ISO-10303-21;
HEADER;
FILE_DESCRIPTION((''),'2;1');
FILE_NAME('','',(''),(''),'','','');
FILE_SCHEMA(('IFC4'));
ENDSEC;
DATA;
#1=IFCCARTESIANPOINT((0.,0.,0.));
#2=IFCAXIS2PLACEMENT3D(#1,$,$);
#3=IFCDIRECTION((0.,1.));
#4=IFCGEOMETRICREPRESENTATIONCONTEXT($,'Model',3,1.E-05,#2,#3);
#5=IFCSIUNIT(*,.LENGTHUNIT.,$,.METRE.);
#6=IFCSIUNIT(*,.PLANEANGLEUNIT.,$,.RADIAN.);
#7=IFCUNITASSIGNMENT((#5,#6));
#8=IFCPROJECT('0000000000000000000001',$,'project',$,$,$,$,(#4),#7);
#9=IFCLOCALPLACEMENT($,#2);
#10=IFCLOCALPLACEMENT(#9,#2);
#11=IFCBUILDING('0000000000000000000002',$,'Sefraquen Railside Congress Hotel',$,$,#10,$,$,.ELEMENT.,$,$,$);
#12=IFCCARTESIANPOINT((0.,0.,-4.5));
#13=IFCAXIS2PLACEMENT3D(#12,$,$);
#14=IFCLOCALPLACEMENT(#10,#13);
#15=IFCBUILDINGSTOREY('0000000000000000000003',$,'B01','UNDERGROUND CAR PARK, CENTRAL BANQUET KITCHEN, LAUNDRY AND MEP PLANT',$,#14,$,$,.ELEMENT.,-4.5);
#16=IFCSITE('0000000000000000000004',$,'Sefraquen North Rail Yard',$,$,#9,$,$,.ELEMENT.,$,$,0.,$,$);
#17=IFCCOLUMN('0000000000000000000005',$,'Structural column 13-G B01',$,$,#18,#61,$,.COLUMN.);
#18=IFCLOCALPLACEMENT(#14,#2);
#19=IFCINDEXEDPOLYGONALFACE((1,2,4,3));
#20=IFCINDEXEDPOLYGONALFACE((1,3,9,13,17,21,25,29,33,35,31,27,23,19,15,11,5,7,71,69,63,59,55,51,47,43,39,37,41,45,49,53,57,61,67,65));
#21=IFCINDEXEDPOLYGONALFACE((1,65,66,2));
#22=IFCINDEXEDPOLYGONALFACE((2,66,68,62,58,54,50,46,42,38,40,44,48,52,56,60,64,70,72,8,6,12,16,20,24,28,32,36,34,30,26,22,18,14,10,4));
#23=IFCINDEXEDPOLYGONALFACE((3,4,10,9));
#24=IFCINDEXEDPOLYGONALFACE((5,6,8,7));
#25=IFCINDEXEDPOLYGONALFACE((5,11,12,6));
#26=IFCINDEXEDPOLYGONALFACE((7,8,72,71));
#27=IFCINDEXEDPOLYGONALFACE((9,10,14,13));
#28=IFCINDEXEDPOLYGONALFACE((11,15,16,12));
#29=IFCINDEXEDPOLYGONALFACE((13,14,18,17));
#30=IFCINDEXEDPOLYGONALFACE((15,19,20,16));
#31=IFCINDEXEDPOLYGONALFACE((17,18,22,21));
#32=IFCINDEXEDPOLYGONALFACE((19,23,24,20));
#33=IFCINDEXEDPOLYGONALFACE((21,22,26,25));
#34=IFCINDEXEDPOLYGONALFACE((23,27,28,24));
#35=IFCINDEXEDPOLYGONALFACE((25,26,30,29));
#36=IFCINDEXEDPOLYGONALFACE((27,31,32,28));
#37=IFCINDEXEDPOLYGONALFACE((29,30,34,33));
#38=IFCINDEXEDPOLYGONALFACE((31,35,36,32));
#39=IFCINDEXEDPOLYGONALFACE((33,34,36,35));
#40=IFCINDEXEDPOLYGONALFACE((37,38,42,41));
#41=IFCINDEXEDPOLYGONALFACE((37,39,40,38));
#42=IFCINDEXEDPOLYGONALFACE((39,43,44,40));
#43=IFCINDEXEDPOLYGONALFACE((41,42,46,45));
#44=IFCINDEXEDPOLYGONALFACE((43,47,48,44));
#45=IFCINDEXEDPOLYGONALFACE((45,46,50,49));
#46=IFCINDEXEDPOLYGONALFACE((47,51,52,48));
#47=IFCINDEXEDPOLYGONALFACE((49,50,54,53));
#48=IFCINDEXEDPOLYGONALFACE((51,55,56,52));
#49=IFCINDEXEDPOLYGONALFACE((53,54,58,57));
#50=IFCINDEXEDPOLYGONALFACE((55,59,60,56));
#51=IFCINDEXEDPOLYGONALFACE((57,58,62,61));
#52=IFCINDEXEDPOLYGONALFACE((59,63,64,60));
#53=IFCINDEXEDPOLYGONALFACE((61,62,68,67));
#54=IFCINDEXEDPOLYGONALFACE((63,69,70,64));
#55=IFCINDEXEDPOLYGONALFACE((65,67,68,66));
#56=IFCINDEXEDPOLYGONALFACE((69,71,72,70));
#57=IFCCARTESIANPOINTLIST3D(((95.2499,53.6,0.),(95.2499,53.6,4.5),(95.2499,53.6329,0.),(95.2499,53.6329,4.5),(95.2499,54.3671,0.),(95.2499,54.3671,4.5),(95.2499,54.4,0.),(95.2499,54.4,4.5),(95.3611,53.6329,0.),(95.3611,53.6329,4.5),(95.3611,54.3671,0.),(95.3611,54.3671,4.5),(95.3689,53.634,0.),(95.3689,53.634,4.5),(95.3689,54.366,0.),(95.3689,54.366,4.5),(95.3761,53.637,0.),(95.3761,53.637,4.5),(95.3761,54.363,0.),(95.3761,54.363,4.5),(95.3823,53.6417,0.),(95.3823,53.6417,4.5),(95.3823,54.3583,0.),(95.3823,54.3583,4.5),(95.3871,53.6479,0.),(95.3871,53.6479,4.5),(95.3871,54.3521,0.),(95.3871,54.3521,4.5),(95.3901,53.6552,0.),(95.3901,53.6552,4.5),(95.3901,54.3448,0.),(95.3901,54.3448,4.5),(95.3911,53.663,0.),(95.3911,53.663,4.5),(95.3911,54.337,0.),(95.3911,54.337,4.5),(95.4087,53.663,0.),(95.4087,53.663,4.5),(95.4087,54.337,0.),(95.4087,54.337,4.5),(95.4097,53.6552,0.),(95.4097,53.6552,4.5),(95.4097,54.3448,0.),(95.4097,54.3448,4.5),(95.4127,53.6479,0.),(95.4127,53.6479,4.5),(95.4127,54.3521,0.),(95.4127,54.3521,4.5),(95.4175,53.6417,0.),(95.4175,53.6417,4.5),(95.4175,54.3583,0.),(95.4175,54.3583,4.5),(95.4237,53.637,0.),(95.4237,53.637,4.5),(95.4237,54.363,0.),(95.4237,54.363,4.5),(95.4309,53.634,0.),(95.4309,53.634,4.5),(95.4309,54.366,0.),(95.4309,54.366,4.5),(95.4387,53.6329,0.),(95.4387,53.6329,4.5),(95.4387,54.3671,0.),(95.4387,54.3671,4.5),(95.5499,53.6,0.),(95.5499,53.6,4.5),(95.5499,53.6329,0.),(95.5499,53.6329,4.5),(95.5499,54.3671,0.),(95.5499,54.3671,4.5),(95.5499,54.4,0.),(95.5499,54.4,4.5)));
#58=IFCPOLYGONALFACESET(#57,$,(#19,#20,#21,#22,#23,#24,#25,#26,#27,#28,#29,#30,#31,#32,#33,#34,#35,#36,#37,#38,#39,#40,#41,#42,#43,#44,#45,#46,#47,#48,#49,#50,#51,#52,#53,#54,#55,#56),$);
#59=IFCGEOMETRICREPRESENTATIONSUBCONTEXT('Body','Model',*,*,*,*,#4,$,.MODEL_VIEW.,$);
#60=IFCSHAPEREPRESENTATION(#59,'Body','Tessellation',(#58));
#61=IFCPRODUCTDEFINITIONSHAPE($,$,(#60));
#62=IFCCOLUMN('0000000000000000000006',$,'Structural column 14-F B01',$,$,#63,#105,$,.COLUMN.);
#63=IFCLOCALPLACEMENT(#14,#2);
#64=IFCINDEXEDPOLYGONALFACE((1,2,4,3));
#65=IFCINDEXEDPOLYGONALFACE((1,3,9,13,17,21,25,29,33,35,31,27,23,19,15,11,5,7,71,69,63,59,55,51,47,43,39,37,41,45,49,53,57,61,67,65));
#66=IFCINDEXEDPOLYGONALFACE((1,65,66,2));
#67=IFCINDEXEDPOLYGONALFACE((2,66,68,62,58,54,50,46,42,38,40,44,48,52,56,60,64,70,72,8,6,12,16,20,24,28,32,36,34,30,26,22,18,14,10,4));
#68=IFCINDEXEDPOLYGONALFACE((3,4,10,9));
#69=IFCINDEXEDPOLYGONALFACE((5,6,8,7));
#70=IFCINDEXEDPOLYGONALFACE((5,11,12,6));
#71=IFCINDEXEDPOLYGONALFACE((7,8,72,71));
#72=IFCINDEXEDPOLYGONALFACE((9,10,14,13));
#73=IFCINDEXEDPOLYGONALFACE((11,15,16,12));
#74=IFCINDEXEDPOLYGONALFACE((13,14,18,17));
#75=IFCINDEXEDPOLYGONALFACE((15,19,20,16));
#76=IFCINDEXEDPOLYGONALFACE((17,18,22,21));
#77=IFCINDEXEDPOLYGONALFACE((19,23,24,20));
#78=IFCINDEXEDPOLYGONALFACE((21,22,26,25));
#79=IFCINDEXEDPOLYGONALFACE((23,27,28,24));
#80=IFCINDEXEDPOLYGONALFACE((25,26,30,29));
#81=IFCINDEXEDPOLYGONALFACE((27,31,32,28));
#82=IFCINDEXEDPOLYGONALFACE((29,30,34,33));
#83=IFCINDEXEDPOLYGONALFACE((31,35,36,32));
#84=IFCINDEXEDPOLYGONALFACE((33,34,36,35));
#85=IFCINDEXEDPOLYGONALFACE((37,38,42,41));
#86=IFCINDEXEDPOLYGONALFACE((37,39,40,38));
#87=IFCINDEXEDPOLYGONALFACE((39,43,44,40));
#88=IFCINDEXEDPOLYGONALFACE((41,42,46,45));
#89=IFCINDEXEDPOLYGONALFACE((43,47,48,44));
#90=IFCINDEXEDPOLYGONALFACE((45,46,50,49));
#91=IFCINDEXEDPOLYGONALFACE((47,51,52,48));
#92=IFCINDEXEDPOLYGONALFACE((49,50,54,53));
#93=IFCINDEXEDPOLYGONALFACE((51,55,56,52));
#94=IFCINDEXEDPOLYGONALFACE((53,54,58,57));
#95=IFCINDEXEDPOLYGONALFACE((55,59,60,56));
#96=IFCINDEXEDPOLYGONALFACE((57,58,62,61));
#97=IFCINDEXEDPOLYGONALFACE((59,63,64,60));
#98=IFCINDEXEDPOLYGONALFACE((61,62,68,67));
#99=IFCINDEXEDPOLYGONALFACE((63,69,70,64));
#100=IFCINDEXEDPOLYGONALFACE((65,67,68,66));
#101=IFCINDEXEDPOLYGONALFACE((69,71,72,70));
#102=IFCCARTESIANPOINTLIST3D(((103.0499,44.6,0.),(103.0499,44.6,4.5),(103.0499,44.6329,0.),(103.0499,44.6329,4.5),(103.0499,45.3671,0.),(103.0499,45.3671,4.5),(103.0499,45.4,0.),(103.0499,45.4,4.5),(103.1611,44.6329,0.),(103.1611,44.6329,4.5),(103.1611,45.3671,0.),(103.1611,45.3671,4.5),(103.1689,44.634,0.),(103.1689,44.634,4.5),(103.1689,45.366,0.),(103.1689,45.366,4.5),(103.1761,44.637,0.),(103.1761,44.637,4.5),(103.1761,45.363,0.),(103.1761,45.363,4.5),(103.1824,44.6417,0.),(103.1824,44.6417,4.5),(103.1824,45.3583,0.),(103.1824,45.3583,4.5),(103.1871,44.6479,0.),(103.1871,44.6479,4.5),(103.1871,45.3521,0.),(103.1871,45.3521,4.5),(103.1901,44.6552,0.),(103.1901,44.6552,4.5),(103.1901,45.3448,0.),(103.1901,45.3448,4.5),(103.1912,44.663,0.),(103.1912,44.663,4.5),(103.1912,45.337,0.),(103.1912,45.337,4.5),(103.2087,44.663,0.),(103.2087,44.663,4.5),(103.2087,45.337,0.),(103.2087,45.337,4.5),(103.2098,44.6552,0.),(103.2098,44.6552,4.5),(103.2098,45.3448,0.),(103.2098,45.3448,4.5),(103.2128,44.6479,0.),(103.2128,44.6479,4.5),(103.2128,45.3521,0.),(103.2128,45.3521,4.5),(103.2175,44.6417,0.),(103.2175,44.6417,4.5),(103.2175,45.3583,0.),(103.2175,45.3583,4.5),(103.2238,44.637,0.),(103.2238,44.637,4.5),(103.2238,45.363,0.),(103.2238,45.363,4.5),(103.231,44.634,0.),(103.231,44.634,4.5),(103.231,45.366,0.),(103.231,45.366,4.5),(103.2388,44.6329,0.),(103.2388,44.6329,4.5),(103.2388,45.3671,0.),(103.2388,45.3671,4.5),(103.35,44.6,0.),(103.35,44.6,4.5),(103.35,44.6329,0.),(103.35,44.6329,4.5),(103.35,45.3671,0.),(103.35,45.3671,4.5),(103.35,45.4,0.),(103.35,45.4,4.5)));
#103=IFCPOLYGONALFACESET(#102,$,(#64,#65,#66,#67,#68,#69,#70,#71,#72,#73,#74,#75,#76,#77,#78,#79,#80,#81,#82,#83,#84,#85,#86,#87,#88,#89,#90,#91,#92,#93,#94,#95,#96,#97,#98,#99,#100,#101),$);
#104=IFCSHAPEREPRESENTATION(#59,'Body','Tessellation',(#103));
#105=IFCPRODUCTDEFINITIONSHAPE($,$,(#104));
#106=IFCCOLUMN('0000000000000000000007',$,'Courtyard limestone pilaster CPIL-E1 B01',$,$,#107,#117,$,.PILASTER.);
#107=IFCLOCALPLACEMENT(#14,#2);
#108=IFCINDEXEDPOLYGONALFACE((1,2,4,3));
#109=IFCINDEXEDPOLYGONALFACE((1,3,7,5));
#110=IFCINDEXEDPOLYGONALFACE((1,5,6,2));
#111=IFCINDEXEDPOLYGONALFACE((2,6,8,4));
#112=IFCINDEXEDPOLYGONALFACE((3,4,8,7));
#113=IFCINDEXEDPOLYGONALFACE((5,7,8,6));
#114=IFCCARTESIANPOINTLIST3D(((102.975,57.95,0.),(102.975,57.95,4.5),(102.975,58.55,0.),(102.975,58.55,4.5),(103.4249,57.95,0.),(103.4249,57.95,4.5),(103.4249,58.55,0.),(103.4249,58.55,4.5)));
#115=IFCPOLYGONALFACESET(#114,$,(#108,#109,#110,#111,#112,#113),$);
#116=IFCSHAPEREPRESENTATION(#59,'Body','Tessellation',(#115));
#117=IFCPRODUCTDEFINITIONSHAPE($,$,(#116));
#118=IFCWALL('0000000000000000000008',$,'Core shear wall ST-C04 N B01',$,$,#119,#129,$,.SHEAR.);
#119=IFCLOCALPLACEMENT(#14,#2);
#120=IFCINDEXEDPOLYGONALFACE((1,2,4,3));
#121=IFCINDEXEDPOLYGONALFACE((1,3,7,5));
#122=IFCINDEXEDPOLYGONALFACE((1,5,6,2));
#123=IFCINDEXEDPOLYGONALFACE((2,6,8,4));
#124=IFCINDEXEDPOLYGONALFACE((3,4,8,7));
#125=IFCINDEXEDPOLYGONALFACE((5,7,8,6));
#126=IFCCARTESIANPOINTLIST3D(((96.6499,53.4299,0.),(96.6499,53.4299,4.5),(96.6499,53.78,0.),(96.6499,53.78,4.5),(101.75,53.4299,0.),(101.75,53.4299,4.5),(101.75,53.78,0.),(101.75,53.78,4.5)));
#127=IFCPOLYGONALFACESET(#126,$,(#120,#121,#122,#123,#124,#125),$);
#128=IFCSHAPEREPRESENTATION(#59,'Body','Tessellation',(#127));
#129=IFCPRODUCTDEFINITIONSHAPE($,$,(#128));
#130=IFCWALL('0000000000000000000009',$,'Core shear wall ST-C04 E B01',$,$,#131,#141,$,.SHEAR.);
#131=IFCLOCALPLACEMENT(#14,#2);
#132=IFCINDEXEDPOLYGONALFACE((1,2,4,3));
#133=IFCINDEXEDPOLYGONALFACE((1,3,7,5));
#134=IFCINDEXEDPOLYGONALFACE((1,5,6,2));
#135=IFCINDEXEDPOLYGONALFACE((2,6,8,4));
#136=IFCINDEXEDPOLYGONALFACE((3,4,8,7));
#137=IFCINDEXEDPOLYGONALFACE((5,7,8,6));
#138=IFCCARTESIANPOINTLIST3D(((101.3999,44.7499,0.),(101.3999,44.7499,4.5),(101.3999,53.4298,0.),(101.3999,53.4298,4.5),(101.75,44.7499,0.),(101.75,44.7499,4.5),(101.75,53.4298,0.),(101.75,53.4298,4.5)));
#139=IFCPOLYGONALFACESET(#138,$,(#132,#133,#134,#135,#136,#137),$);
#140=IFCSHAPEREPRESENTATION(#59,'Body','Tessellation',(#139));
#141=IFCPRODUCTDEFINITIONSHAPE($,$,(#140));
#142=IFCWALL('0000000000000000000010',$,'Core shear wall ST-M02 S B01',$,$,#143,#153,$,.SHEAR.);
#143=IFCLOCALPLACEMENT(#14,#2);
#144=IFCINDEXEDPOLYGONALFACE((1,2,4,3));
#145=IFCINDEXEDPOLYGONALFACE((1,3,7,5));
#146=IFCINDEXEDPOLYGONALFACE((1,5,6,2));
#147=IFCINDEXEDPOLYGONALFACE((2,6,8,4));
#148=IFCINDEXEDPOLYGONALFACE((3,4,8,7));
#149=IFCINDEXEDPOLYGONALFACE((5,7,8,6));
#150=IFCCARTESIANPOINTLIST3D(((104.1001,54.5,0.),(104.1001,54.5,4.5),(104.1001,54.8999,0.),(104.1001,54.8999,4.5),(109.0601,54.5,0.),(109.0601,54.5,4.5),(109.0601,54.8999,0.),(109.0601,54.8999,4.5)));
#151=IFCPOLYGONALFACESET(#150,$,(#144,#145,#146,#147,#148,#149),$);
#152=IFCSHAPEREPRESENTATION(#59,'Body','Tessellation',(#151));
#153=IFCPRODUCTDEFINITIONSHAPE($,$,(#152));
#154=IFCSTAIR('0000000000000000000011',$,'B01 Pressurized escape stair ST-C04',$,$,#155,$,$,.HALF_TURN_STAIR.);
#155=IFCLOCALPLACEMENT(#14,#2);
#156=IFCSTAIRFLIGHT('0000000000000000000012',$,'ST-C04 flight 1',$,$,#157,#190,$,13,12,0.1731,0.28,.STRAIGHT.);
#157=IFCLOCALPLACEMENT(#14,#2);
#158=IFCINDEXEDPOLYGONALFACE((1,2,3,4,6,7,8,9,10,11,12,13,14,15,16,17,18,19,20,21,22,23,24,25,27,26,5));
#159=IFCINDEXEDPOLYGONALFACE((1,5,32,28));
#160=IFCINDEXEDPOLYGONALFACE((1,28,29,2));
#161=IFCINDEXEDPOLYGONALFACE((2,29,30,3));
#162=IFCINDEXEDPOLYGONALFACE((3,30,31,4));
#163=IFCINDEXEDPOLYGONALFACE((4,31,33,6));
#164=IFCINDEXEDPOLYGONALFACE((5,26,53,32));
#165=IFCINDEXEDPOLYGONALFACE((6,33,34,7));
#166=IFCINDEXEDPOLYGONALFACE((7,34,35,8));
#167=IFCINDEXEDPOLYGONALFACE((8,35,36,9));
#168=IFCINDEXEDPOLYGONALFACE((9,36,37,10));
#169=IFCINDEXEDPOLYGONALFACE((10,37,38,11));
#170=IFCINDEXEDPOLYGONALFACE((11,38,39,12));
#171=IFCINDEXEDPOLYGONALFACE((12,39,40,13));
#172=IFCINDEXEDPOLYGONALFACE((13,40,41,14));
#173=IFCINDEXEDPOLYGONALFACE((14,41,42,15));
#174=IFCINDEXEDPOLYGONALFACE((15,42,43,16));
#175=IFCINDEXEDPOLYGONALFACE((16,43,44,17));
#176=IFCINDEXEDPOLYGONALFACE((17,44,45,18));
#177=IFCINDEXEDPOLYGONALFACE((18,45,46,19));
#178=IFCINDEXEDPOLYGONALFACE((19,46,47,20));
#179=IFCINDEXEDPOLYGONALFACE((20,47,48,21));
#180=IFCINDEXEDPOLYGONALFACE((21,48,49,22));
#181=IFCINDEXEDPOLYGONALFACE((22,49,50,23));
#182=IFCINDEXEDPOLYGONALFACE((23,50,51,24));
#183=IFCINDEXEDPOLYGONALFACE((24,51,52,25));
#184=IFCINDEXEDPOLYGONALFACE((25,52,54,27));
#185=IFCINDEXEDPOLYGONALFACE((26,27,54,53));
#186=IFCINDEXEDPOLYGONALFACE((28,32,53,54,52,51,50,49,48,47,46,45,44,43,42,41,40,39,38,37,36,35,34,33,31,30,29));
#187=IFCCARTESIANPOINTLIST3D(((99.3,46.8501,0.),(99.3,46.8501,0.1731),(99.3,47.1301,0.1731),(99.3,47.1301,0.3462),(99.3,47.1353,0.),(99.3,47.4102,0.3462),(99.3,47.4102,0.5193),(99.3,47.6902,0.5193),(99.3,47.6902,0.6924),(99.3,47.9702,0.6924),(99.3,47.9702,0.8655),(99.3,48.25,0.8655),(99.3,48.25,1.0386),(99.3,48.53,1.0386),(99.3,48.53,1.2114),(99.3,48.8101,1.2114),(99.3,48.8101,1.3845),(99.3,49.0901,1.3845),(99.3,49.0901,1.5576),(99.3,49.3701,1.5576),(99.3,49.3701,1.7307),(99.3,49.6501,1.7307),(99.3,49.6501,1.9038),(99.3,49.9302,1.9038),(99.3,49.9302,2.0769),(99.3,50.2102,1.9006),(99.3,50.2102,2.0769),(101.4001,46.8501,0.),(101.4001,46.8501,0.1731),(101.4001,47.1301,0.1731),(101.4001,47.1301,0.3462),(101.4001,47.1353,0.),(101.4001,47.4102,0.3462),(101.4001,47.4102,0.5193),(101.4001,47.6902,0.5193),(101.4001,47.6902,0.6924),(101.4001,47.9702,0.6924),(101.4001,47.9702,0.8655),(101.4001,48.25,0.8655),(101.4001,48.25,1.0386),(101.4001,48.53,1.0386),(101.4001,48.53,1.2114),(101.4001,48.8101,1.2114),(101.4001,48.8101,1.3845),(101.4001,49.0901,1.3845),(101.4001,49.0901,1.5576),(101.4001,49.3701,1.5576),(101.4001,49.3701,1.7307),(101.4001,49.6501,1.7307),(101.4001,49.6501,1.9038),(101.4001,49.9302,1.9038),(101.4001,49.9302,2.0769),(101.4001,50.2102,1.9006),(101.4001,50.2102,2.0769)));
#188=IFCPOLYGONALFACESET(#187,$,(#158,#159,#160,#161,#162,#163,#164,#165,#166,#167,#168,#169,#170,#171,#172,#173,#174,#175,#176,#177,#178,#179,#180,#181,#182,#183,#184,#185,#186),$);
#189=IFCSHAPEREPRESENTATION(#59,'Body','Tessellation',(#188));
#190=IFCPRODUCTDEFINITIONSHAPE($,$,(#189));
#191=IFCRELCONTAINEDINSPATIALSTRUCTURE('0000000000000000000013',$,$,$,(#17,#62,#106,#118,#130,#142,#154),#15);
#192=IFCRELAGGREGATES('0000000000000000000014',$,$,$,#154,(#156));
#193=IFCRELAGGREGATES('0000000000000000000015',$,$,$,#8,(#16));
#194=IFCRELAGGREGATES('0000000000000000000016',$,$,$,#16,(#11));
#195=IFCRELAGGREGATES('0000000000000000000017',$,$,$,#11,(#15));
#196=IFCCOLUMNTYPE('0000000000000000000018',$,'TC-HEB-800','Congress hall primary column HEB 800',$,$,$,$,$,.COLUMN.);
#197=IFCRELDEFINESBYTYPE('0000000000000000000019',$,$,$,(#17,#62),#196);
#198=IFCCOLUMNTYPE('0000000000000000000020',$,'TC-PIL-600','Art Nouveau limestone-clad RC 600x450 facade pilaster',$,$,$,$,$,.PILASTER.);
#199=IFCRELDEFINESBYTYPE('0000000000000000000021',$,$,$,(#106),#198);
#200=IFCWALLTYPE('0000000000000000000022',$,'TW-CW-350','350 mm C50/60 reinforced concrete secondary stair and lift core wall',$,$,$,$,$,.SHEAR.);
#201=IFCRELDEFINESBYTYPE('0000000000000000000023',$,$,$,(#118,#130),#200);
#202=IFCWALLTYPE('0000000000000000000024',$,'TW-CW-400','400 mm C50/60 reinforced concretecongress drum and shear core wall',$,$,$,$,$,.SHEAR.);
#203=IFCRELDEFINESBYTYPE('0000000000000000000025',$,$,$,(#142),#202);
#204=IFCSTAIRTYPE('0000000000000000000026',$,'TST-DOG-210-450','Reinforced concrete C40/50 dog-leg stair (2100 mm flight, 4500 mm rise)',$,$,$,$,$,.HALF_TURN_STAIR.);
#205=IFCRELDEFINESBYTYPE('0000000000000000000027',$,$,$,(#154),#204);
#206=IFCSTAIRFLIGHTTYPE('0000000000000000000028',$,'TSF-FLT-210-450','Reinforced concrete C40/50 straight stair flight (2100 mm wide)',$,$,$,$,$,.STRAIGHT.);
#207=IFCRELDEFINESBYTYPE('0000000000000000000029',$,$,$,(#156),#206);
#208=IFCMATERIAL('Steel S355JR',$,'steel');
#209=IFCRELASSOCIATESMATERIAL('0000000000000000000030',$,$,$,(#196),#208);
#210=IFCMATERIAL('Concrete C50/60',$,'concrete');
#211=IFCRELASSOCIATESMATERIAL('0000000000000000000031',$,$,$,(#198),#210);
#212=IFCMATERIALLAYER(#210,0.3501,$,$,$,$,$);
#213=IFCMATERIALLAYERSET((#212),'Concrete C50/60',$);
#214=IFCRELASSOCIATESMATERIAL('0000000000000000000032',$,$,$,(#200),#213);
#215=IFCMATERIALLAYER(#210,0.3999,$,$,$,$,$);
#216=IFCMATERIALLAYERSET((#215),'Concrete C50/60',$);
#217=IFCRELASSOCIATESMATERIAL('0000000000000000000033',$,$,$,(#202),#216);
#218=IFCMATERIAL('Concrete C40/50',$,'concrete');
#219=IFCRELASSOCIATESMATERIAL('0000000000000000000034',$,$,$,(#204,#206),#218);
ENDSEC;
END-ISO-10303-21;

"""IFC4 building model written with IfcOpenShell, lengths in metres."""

from ifc_helpers import new_model, si_unit, direction, frame, frame_2d, origin, origin_2d, place, context, subcontext, project, spatial, polyline, rectangle, i_section, outline, extrude, material, layer, layer_set, material_profile, profile_set, type_object, element, aggregate, save


model = new_model("IFC4")

# Units and contexts
model_context = context("Model", 3, precision=1e-05, world=origin(), true_north=direction((0.0, 1.0)))
body_context = subcontext(model_context, "Body", "Model", "MODEL_VIEW")
ifc_project = project(units=[si_unit("LENGTHUNIT", "METRE"), si_unit("PLANEANGLEUNIT", "RADIAN")], contexts=[model_context])

# Site, building, storey
site_placement = place(None, origin())
site = spatial("IfcSite", under=ifc_project, at=site_placement, Name="Sefraquen North Rail Yard", CompositionType="ELEMENT", RefElevation=0.0)
building_placement = place(site_placement, origin())
building = spatial("IfcBuilding", under=site, at=building_placement, Name="Sefraquen Railside Congress Hotel", CompositionType="ELEMENT")
storey_placement = place(building_placement, frame((0.0, 0.0, -4.5)))
storey = spatial("IfcBuildingStorey", under=building, at=storey_placement, Name="B01", Description="UNDERGROUND CAR PARK, CENTRAL BANQUET KITCHEN, LAUNDRY AND MEP PLANT", CompositionType="ELEMENT", Elevation=-4.5)

# Shared definitions
ifc_material_1 = material(Name="Concrete C40/50", Category="concrete")

# Columns
ifc_material_2 = material(Name="Steel S355JR", Category="steel")
ifc_material_profile_1 = material_profile(ifc_material_2, i_section(OverallWidth=0.3, OverallDepth=0.8, WebThickness=0.0176, FlangeThickness=0.033, FilletRadius=0.03, at=origin_2d()), Name="HEB 800")
ifc_profile_set_1 = profile_set([ifc_material_profile_1], Name="Steel S355JR")
column_type_1 = type_object("IfcColumnType", Name="TC-HEB-800", Description="Congress hall primary column HEB 800", PredefinedType="COLUMN", material=ifc_profile_set_1)
for number, where, z_axis, x_axis, name in (
    (1, (95.3999, 54.0, 0.0), (0.0, 0.0, 1.0), (1.0, 0.0, 0.0), "Structural column 13-G B01"),
    (2, (103.2, 45.0, 0.0), (0.0, 0.0, 1.0), (1.0, 0.0, 0.0), "Structural column 14-F B01"),
):
    element("IfcColumn", number, at=place(storey_placement, frame(where, z_axis=z_axis, x_axis=x_axis)), inside=storey, type_object=column_type_1, Name=name, PredefinedType="COLUMN", context=body_context, shape_type="SweptSolid", body=[
        extrude(i_section(OverallWidth=0.3, OverallDepth=0.8, WebThickness=0.0176, FlangeThickness=0.033, FilletRadius=0.03, at=origin_2d()), origin(), (0.0, 0.0, 1.0), 4.5),
    ])
ifc_material_3 = material(Name="Concrete C50/60", Category="concrete")
ifc_material_profile_2 = material_profile(ifc_material_3, rectangle(XDim=0.45, YDim=0.6001, at=origin_2d()), Name="RC 600x450")
ifc_profile_set_2 = profile_set([ifc_material_profile_2], Name="Concrete C50/60")
column_type_2 = type_object("IfcColumnType", Name="TC-PIL-600", Description="Art Nouveau limestone-clad RC 600x450 facade pilaster", PredefinedType="PILASTER", material=ifc_profile_set_2)
column_placement = place(storey_placement, frame((103.2, 58.25, 0.0), z_axis=(0.0, 0.0, 1.0), x_axis=(1.0, 0.0, 0.0)))
element("IfcColumn", 3, at=column_placement, inside=storey, type_object=column_type_2, Name="Courtyard limestone pilaster CPIL-E1 B01", PredefinedType="PILASTER", context=body_context, shape_type="SweptSolid", body=[
    extrude(rectangle(XDim=0.45, YDim=0.6001, at=origin_2d()), origin(), (0.0, 0.0, 1.0), 4.5),
])

# Walls
ifc_layer_1 = layer(ifc_material_3, 0.3501)
ifc_layer_set_1 = layer_set([ifc_layer_1], Name="Concrete C50/60")
wall_type_1 = type_object("IfcWallType", Name="TW-CW-350", Description="350 mm C50/60 reinforced concrete secondary stair and lift core wall", PredefinedType="SHEAR", material=ifc_layer_set_1)
wall_1_placement = place(storey_placement, frame((96.6499, 53.605, 0.0), z_axis=(0.0, 0.0, 1.0), x_axis=(1.0, 0.0, 0.0)))
element("IfcWall", 4, at=wall_1_placement, inside=storey, type_object=wall_type_1, Name="Core shear wall ST-C04 N B01", PredefinedType="SHEAR", context=body_context, shape_type="SweptSolid", body=[
    extrude(rectangle(XDim=5.1001, YDim=0.3501, at=frame_2d((2.55, 0.0))), origin(), (0.0, 0.0, 1.0), 4.5),
])
wall_2_placement = place(storey_placement, frame((101.575, 44.75, 0.0), z_axis=(0.0, 0.0, 1.0), x_axis=(0.0, 1.0, 0.0)))
element("IfcWall", 5, at=wall_2_placement, inside=storey, type_object=wall_type_1, Name="Core shear wall ST-C04 E B01", PredefinedType="SHEAR", context=body_context, shape_type="SweptSolid", body=[
    extrude(rectangle(XDim=8.6799, YDim=0.3501, at=frame_2d((4.3398, 0.0))), origin(), (0.0, 0.0, 1.0), 4.5),
])
ifc_layer_2 = layer(ifc_material_3, 0.3999)
ifc_layer_set_2 = layer_set([ifc_layer_2], Name="Concrete C50/60")
wall_type_2 = type_object("IfcWallType", Name="TW-CW-400", Description="400 mm C50/60 reinforced concretecongress drum and shear core wall", PredefinedType="SHEAR", material=ifc_layer_set_2)
wall_3_placement = place(storey_placement, frame((104.1001, 54.7, 0.0), z_axis=(0.0, 0.0, 1.0), x_axis=(1.0, 0.0, 0.0)))
element("IfcWall", 6, at=wall_3_placement, inside=storey, type_object=wall_type_2, Name="Core shear wall ST-M02 S B01", PredefinedType="SHEAR", context=body_context, shape_type="SweptSolid", body=[
    extrude(rectangle(XDim=4.96, YDim=0.3999, at=frame_2d((2.48, 0.0))), origin(), (0.0, 0.0, 1.0), 4.5),
])

# Stair, stair flight
stair_type = type_object("IfcStairType", Name="TST-DOG-210-450", Description="Reinforced concrete C40/50 dog-leg stair (2100 mm flight, 4500 mm rise)", PredefinedType="HALF_TURN_STAIR", material=ifc_material_1)
stair_placement = place(storey_placement, origin())
stair = element("IfcStair", 7, at=stair_placement, inside=storey, type_object=stair_type, Name="B01 Pressurized escape stair ST-C04", PredefinedType="HALF_TURN_STAIR")
stair_flight_type = type_object("IfcStairFlightType", Name="TSF-FLT-210-450", Description="Reinforced concrete C40/50 straight stair flight (2100 mm wide)", PredefinedType="STRAIGHT", material=ifc_material_1)
stair_flight_1_placement = place(storey_placement, frame((100.3501, 46.8501, 0.0), z_axis=(0.0, 0.0, 1.0), x_axis=(0.0, 1.0, 0.0)))
stair_flight_1 = element("IfcStairFlight", 8, at=stair_flight_1_placement, type_object=stair_flight_type, Name="ST-C04 flight 1", NumberOfRisers=13, NumberOfTreads=12, PredefinedType="STRAIGHT", RiserHeight=0.1731, TreadLength=0.28, context=body_context, shape_type="SweptSolid", body=[
    extrude(outline(polyline([(0.0, 0.0), (0.0, 0.1731), (0.28, 0.1731), (0.28, 0.3462), (0.5601, 0.3462), (0.5601, 0.5193), (0.8401, 0.5193), (0.8401, 0.6924), (1.1201, 0.6924), (1.1201, 0.8655), (1.3999, 0.8655), (1.3999, 1.0386), (1.6799, 1.0386), (1.6799, 1.2114), (1.96, 1.2114), (1.96, 1.3845), (2.24, 1.3845), (2.24, 1.5576), (2.52, 1.5576), (2.52, 1.7307), (2.8, 1.7307), (2.8, 1.9038), (3.0801, 1.9038), (3.0801, 2.0769), (3.3601, 2.0769), (3.3601, 2.25), (3.3601, 1.9006), (0.2852, 0.0), (0.0, 0.0)])), frame((0.0, 1.05, 0.0), z_axis=(0.0, -1.0, 0.0), x_axis=(1.0, 0.0, 0.0)), (0.0, 0.0, 1.0), 2.1001),
])
aggregate(stair, [stair_flight_1])

save(model, "model.ifc")
